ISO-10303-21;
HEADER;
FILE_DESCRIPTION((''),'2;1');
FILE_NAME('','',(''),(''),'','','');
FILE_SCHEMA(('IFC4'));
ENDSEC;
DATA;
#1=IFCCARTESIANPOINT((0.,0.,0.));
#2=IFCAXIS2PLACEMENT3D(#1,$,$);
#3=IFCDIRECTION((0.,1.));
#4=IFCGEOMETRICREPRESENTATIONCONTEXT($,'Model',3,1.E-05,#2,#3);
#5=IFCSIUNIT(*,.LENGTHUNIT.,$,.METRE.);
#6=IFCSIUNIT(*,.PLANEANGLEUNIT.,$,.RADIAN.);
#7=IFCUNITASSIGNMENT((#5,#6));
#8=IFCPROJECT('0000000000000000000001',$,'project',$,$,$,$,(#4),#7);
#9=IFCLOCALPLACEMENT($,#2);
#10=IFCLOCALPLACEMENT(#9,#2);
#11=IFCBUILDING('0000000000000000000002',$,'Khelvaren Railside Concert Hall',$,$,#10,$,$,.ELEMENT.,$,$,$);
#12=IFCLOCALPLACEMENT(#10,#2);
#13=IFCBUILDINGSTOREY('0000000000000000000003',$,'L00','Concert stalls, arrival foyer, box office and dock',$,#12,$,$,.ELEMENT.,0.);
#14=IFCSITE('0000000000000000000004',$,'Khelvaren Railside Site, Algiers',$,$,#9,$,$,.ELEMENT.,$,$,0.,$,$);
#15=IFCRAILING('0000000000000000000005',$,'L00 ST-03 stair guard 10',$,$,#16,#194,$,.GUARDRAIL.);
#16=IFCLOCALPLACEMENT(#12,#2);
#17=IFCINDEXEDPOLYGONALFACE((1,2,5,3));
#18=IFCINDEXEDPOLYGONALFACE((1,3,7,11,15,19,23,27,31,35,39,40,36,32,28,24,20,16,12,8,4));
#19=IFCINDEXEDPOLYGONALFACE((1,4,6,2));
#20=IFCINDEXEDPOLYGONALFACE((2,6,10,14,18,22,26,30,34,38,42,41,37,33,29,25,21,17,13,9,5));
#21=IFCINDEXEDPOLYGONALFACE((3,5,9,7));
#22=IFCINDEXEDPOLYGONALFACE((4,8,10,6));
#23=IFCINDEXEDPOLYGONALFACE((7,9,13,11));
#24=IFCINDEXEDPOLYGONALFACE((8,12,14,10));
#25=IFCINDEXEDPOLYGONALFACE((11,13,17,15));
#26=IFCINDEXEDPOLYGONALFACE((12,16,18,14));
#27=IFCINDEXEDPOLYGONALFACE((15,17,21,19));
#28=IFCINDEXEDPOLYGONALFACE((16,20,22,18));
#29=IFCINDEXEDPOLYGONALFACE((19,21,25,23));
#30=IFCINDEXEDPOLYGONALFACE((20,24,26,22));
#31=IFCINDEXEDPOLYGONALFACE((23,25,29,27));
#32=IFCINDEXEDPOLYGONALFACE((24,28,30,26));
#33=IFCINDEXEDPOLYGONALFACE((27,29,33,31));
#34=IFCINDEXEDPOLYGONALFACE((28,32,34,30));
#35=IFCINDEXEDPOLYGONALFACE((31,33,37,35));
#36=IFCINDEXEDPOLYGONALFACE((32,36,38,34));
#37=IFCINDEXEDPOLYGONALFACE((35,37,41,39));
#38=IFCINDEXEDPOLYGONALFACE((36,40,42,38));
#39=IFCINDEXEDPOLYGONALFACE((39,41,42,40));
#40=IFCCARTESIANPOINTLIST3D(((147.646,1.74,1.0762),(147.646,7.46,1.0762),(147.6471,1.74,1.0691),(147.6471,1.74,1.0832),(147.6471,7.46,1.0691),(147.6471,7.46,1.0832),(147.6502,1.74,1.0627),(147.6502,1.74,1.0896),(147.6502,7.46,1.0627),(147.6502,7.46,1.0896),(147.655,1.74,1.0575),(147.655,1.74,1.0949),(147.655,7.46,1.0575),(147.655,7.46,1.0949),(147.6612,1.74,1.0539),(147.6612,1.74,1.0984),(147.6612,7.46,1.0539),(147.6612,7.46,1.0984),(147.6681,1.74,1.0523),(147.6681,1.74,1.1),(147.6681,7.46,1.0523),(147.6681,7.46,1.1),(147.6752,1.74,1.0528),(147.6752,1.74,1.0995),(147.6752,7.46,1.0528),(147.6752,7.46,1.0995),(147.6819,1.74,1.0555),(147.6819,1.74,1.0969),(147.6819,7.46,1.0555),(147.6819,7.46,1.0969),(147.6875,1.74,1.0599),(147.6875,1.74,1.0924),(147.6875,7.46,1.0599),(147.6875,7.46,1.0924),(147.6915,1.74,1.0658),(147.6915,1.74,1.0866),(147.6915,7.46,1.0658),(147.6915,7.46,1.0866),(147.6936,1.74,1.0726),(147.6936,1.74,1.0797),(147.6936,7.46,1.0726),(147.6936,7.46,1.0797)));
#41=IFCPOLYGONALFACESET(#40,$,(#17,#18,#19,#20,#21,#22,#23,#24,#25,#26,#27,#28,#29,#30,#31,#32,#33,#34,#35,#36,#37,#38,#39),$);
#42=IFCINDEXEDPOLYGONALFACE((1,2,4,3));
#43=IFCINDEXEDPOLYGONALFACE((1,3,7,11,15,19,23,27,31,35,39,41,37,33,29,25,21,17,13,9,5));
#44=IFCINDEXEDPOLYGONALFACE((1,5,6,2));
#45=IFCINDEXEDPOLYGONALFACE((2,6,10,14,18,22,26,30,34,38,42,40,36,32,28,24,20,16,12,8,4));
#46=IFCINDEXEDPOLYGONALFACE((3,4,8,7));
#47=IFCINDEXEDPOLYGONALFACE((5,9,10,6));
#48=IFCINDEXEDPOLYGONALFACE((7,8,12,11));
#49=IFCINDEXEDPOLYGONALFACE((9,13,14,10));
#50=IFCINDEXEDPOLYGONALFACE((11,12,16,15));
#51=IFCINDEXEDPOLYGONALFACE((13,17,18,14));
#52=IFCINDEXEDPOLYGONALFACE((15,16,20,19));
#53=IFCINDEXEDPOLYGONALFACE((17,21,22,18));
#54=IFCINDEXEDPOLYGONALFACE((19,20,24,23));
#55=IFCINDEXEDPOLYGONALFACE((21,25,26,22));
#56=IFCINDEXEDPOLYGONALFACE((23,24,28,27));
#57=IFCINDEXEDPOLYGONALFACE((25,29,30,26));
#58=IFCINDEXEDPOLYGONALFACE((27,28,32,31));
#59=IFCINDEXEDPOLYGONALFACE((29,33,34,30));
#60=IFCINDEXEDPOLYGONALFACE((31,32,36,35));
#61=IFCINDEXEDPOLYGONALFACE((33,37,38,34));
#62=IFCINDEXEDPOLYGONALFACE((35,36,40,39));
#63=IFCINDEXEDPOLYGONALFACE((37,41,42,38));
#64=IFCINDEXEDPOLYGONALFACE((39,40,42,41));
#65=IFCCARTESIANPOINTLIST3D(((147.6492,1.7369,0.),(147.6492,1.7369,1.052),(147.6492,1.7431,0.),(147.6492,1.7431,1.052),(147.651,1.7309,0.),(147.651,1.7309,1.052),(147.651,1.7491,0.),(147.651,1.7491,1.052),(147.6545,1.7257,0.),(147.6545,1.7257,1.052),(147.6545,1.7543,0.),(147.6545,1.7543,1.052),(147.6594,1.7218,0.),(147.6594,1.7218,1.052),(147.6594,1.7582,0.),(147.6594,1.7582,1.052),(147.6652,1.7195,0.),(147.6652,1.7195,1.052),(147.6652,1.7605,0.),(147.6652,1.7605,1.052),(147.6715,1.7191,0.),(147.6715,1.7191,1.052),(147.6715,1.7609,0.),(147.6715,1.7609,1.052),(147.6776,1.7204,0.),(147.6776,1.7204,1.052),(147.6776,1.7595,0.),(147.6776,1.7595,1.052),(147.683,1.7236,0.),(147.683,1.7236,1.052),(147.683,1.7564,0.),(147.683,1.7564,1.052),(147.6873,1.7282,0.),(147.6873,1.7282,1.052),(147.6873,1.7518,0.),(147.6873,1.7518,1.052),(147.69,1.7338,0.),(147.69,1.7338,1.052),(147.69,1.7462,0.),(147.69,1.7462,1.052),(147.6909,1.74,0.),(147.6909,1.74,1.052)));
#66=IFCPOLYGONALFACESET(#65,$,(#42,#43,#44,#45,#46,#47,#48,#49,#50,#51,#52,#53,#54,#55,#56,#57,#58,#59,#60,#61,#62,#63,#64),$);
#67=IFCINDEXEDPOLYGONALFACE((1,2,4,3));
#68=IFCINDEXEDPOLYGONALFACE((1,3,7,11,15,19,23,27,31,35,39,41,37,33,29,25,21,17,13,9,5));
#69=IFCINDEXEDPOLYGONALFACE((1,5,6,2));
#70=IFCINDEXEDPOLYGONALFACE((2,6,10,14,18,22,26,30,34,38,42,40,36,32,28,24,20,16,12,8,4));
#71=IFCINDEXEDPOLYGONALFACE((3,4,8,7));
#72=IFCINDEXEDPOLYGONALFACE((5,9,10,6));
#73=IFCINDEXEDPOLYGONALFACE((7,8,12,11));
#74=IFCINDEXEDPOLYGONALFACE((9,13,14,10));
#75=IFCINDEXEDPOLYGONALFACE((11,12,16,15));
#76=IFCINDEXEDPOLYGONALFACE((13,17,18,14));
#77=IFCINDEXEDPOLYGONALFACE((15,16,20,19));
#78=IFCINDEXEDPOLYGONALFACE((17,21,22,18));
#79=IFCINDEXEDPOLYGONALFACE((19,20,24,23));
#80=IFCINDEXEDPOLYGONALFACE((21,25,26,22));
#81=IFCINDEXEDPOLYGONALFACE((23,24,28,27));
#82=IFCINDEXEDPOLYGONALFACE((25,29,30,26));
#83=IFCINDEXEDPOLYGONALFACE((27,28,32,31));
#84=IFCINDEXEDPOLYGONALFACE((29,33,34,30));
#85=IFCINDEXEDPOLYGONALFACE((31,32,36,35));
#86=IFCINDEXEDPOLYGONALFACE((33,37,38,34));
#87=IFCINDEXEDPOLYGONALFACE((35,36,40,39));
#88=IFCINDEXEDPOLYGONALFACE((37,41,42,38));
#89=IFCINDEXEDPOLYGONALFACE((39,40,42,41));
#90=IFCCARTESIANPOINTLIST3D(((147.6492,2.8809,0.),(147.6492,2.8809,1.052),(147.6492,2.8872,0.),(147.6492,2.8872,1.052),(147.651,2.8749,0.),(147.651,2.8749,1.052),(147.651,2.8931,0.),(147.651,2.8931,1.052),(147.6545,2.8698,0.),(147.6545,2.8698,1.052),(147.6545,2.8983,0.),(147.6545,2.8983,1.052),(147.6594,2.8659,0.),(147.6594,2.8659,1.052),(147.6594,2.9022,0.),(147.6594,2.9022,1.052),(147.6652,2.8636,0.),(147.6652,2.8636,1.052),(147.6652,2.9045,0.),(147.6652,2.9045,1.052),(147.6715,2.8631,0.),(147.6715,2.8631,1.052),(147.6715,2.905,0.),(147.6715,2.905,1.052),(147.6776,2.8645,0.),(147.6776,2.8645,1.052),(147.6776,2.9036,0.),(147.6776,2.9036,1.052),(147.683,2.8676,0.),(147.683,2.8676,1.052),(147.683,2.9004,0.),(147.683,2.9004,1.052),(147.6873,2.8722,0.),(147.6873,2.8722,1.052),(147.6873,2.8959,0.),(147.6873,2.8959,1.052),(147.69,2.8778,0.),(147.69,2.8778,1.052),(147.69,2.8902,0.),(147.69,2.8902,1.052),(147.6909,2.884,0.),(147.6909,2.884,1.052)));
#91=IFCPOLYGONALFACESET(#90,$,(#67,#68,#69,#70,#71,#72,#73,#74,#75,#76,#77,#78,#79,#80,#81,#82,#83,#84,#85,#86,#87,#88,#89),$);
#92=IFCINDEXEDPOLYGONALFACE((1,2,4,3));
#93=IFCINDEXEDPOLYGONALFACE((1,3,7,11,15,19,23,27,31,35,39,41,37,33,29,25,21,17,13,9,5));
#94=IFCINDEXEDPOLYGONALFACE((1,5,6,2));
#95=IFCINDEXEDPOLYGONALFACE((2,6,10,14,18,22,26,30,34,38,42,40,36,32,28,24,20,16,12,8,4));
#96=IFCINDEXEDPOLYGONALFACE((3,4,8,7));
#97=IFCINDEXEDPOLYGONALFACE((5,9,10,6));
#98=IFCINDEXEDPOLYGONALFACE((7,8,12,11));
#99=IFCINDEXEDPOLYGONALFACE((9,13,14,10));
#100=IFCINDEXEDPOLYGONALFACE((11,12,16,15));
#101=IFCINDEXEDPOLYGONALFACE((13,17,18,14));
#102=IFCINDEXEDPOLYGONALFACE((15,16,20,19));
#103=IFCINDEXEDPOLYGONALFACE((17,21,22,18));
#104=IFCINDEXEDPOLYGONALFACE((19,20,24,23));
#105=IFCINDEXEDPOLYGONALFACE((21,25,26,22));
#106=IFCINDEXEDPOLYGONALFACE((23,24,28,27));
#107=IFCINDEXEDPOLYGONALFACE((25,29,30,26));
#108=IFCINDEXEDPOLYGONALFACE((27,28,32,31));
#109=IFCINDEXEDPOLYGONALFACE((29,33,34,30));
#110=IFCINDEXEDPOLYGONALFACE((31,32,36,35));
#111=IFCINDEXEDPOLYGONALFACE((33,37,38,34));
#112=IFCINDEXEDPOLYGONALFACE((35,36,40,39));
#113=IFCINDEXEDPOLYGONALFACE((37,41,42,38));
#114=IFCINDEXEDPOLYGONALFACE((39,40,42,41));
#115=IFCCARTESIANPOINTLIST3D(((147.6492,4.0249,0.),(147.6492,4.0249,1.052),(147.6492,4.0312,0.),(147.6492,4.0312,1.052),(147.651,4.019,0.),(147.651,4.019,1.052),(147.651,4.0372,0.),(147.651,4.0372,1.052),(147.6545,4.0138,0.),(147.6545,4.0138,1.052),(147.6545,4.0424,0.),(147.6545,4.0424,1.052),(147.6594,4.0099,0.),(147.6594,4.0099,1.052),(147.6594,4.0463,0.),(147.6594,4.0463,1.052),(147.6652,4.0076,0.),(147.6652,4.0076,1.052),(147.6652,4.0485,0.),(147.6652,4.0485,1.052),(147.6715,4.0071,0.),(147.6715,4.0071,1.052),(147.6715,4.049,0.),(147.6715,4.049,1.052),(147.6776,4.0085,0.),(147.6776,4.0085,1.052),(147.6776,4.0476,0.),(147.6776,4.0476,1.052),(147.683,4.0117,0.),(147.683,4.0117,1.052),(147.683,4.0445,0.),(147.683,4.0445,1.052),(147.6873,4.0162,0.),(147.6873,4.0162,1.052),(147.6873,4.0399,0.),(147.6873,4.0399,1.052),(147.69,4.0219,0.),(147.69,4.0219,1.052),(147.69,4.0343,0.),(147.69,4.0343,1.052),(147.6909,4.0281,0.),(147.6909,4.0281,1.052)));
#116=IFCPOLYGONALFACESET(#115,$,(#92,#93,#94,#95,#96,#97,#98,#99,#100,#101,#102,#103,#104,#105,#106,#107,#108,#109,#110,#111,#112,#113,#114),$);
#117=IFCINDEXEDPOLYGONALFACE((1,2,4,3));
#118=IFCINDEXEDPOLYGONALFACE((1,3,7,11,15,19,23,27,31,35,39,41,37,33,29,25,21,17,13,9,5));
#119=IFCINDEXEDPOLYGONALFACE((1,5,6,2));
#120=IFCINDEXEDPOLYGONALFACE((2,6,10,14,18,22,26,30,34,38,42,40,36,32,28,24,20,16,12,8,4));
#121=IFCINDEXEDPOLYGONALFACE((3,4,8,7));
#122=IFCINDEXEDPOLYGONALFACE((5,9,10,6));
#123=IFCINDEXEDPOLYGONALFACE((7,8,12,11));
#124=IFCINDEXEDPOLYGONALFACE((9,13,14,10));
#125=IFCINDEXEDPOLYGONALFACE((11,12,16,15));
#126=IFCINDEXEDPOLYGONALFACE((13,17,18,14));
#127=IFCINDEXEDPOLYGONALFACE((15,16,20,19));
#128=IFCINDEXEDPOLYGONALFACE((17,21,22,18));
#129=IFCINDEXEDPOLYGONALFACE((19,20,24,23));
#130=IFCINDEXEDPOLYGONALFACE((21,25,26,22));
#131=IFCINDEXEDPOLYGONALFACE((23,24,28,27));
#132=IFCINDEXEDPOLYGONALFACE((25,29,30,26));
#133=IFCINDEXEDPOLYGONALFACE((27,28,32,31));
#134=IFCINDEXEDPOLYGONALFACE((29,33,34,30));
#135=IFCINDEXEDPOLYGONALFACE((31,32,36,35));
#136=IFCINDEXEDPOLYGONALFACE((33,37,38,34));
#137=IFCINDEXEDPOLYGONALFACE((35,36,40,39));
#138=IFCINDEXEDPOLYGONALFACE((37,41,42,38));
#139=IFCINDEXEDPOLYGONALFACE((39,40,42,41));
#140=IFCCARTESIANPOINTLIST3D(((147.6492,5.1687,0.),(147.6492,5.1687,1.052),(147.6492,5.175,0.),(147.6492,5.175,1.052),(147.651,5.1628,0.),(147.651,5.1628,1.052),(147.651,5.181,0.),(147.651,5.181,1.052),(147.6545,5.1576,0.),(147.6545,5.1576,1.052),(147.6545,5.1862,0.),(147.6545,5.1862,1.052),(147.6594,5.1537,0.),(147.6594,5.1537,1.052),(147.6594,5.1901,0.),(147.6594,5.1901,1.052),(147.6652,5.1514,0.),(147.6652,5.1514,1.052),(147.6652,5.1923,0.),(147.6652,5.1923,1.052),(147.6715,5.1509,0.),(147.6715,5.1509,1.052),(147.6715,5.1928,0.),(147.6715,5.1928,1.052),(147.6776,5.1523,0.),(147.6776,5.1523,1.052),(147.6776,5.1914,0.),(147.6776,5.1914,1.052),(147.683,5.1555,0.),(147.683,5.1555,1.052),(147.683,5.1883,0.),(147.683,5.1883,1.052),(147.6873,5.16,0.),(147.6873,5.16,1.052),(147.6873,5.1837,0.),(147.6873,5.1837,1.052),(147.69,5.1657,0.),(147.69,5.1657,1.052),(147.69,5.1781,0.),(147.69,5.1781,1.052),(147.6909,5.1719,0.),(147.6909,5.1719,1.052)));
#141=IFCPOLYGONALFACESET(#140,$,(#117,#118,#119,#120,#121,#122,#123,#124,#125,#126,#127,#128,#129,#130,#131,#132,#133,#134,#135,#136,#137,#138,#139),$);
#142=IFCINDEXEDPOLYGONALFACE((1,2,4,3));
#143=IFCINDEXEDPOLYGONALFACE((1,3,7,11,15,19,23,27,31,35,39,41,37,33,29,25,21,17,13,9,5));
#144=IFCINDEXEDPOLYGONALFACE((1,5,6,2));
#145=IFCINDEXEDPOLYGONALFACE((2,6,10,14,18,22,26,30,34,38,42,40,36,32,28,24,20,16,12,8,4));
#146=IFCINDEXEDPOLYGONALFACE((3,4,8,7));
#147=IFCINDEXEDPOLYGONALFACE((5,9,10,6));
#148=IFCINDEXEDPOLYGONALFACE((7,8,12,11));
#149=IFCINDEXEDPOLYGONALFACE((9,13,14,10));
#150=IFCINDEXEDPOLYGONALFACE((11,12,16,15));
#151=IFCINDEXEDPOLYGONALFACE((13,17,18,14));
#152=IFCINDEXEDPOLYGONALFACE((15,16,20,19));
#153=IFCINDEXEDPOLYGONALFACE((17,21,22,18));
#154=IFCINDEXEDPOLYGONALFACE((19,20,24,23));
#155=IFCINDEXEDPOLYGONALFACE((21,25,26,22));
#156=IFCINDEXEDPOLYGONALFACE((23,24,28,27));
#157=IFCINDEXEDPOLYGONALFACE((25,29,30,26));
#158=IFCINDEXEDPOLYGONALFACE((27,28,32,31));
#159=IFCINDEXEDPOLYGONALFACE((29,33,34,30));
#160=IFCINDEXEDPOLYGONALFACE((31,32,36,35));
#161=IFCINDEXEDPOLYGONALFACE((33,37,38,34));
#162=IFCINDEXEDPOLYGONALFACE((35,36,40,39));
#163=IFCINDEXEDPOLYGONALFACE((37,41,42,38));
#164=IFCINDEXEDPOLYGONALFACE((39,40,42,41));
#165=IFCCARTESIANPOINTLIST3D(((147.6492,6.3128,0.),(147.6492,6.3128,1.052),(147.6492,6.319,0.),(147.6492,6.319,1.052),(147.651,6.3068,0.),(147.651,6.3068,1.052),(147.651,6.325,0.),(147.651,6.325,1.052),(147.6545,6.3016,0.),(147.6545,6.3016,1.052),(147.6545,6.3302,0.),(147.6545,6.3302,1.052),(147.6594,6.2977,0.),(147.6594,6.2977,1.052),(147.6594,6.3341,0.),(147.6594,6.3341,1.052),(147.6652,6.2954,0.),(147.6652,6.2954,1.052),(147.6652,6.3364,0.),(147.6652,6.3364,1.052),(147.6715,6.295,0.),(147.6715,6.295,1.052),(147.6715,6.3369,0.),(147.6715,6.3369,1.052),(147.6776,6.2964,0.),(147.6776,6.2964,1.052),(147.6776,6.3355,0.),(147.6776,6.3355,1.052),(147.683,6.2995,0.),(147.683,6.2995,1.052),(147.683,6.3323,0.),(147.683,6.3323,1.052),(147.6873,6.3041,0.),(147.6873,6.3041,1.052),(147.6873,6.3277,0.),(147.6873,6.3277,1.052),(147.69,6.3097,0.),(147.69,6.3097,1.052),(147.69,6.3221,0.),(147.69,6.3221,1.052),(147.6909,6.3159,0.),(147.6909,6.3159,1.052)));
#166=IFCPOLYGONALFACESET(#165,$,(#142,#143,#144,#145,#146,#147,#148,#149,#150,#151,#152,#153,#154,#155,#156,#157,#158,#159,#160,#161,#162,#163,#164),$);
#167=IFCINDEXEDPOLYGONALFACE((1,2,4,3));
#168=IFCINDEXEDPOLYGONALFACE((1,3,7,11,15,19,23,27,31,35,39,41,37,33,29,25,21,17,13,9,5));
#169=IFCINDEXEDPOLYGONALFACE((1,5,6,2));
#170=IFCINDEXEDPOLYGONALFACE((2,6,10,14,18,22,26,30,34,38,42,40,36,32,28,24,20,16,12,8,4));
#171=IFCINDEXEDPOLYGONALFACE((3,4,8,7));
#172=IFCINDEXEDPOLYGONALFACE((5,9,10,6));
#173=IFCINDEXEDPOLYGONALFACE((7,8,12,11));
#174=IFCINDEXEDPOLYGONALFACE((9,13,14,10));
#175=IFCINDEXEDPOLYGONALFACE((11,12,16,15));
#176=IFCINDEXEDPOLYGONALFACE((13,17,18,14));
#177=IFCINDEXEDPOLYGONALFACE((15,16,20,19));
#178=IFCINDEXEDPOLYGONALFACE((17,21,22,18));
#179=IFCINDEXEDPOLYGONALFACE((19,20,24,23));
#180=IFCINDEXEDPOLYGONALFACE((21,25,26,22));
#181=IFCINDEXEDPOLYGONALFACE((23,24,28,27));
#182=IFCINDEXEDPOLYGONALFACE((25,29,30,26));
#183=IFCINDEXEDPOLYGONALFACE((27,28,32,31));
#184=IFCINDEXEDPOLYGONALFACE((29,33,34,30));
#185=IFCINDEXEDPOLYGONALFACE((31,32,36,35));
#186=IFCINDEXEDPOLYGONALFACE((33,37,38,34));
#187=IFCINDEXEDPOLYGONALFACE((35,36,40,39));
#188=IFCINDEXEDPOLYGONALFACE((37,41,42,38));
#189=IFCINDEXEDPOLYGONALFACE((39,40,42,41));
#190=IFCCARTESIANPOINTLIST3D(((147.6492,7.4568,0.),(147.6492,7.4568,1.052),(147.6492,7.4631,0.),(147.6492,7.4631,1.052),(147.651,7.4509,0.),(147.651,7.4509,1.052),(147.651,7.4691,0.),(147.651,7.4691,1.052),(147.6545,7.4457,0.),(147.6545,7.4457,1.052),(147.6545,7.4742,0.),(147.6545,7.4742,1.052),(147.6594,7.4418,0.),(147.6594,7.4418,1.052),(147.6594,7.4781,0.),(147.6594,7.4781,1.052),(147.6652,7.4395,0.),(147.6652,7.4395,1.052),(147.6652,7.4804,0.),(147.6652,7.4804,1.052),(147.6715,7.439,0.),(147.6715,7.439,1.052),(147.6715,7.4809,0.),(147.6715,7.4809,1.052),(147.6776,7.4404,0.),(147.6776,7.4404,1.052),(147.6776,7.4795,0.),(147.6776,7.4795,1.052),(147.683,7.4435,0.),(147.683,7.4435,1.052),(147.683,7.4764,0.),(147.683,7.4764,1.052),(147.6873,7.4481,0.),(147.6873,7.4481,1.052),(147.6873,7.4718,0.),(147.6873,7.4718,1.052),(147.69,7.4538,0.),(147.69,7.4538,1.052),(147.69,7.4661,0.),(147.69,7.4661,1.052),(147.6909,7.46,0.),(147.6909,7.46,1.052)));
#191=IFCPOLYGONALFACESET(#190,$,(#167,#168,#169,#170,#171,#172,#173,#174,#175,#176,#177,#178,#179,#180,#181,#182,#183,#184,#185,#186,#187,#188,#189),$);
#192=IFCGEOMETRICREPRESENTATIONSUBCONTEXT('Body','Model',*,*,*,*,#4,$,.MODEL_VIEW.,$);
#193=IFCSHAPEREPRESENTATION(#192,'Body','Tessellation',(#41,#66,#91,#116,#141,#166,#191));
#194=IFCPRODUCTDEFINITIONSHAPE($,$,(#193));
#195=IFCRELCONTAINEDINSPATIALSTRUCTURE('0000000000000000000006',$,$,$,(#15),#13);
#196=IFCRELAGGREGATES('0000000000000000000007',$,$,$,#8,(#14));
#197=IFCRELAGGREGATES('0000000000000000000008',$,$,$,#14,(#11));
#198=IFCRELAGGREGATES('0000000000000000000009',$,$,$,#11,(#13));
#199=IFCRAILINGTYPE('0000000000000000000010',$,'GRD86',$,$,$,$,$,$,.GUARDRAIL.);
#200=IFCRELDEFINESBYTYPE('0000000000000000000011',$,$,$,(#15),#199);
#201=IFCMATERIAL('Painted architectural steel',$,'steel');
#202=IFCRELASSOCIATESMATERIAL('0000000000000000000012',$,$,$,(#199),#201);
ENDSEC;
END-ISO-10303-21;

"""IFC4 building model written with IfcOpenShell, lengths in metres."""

from ifc_helpers import new_model, si_unit, direction, frame, origin, origin_2d, place, context, subcontext, project, spatial, circle, extrude, material, type_object, element, save


model = new_model("IFC4")

# Units and contexts
model_context = context("Model", 3, precision=1e-05, world=origin(), true_north=direction((0.0, 1.0)))
body_context = subcontext(model_context, "Body", "Model", "MODEL_VIEW")
ifc_project = project(units=[si_unit("LENGTHUNIT", "METRE"), si_unit("PLANEANGLEUNIT", "RADIAN")], contexts=[model_context])

# Site, building, storey
site_placement = place(None, origin())
site = spatial("IfcSite", under=ifc_project, at=site_placement, Name="Khelvaren Railside Site, Algiers", CompositionType="ELEMENT", RefElevation=0.0)
building_placement = place(site_placement, origin())
building = spatial("IfcBuilding", under=site, at=building_placement, Name="Khelvaren Railside Concert Hall", CompositionType="ELEMENT")
storey_placement = place(building_placement, origin())
storey = spatial("IfcBuildingStorey", under=building, at=storey_placement, Name="L00", Description="Concert stalls, arrival foyer, box office and dock", CompositionType="ELEMENT", Elevation=0.0)

# Railing
ifc_material_1 = material(Name="Painted architectural steel", Category="steel")
railing_type_1 = type_object("IfcRailingType", Name="GRD86", PredefinedType="GUARDRAIL", material=ifc_material_1)
railing_1_placement = place(storey_placement, frame((147.6699, 1.74, 0.0)))
element("IfcRailing", 1, at=railing_1_placement, inside=storey, type_object=railing_type_1, Name="L00 ST-03 stair guard 10", PredefinedType="GUARDRAIL", context=body_context, shape_type="SweptSolid", body=[
    extrude(circle(Radius=0.0239, at=origin_2d()), frame((0.0, 0.0, 1.0762), z_axis=(0.0, 1.0, 0.0), x_axis=(-1.0, 0.0, 0.0)), (0.0, 0.0, 1.0), 5.72),
    extrude(circle(Radius=0.021, at=origin_2d()), origin(), (0.0, 0.0, 1.0), 1.052),
    extrude(circle(Radius=0.021, at=origin_2d()), frame((0.0, 1.144, 0.0)), (0.0, 0.0, 1.0), 1.052),
    extrude(circle(Radius=0.021, at=origin_2d()), frame((0.0, 2.2881, 0.0)), (0.0, 0.0, 1.0), 1.052),
    extrude(circle(Radius=0.021, at=origin_2d()), frame((0.0, 3.4319, 0.0)), (0.0, 0.0, 1.0), 1.052),
    extrude(circle(Radius=0.021, at=origin_2d()), frame((0.0, 4.5759, 0.0)), (0.0, 0.0, 1.0), 1.052),
    extrude(circle(Radius=0.021, at=origin_2d()), frame((0.0, 5.72, 0.0)), (0.0, 0.0, 1.0), 1.052),
])

save(model, "model.ifc")
